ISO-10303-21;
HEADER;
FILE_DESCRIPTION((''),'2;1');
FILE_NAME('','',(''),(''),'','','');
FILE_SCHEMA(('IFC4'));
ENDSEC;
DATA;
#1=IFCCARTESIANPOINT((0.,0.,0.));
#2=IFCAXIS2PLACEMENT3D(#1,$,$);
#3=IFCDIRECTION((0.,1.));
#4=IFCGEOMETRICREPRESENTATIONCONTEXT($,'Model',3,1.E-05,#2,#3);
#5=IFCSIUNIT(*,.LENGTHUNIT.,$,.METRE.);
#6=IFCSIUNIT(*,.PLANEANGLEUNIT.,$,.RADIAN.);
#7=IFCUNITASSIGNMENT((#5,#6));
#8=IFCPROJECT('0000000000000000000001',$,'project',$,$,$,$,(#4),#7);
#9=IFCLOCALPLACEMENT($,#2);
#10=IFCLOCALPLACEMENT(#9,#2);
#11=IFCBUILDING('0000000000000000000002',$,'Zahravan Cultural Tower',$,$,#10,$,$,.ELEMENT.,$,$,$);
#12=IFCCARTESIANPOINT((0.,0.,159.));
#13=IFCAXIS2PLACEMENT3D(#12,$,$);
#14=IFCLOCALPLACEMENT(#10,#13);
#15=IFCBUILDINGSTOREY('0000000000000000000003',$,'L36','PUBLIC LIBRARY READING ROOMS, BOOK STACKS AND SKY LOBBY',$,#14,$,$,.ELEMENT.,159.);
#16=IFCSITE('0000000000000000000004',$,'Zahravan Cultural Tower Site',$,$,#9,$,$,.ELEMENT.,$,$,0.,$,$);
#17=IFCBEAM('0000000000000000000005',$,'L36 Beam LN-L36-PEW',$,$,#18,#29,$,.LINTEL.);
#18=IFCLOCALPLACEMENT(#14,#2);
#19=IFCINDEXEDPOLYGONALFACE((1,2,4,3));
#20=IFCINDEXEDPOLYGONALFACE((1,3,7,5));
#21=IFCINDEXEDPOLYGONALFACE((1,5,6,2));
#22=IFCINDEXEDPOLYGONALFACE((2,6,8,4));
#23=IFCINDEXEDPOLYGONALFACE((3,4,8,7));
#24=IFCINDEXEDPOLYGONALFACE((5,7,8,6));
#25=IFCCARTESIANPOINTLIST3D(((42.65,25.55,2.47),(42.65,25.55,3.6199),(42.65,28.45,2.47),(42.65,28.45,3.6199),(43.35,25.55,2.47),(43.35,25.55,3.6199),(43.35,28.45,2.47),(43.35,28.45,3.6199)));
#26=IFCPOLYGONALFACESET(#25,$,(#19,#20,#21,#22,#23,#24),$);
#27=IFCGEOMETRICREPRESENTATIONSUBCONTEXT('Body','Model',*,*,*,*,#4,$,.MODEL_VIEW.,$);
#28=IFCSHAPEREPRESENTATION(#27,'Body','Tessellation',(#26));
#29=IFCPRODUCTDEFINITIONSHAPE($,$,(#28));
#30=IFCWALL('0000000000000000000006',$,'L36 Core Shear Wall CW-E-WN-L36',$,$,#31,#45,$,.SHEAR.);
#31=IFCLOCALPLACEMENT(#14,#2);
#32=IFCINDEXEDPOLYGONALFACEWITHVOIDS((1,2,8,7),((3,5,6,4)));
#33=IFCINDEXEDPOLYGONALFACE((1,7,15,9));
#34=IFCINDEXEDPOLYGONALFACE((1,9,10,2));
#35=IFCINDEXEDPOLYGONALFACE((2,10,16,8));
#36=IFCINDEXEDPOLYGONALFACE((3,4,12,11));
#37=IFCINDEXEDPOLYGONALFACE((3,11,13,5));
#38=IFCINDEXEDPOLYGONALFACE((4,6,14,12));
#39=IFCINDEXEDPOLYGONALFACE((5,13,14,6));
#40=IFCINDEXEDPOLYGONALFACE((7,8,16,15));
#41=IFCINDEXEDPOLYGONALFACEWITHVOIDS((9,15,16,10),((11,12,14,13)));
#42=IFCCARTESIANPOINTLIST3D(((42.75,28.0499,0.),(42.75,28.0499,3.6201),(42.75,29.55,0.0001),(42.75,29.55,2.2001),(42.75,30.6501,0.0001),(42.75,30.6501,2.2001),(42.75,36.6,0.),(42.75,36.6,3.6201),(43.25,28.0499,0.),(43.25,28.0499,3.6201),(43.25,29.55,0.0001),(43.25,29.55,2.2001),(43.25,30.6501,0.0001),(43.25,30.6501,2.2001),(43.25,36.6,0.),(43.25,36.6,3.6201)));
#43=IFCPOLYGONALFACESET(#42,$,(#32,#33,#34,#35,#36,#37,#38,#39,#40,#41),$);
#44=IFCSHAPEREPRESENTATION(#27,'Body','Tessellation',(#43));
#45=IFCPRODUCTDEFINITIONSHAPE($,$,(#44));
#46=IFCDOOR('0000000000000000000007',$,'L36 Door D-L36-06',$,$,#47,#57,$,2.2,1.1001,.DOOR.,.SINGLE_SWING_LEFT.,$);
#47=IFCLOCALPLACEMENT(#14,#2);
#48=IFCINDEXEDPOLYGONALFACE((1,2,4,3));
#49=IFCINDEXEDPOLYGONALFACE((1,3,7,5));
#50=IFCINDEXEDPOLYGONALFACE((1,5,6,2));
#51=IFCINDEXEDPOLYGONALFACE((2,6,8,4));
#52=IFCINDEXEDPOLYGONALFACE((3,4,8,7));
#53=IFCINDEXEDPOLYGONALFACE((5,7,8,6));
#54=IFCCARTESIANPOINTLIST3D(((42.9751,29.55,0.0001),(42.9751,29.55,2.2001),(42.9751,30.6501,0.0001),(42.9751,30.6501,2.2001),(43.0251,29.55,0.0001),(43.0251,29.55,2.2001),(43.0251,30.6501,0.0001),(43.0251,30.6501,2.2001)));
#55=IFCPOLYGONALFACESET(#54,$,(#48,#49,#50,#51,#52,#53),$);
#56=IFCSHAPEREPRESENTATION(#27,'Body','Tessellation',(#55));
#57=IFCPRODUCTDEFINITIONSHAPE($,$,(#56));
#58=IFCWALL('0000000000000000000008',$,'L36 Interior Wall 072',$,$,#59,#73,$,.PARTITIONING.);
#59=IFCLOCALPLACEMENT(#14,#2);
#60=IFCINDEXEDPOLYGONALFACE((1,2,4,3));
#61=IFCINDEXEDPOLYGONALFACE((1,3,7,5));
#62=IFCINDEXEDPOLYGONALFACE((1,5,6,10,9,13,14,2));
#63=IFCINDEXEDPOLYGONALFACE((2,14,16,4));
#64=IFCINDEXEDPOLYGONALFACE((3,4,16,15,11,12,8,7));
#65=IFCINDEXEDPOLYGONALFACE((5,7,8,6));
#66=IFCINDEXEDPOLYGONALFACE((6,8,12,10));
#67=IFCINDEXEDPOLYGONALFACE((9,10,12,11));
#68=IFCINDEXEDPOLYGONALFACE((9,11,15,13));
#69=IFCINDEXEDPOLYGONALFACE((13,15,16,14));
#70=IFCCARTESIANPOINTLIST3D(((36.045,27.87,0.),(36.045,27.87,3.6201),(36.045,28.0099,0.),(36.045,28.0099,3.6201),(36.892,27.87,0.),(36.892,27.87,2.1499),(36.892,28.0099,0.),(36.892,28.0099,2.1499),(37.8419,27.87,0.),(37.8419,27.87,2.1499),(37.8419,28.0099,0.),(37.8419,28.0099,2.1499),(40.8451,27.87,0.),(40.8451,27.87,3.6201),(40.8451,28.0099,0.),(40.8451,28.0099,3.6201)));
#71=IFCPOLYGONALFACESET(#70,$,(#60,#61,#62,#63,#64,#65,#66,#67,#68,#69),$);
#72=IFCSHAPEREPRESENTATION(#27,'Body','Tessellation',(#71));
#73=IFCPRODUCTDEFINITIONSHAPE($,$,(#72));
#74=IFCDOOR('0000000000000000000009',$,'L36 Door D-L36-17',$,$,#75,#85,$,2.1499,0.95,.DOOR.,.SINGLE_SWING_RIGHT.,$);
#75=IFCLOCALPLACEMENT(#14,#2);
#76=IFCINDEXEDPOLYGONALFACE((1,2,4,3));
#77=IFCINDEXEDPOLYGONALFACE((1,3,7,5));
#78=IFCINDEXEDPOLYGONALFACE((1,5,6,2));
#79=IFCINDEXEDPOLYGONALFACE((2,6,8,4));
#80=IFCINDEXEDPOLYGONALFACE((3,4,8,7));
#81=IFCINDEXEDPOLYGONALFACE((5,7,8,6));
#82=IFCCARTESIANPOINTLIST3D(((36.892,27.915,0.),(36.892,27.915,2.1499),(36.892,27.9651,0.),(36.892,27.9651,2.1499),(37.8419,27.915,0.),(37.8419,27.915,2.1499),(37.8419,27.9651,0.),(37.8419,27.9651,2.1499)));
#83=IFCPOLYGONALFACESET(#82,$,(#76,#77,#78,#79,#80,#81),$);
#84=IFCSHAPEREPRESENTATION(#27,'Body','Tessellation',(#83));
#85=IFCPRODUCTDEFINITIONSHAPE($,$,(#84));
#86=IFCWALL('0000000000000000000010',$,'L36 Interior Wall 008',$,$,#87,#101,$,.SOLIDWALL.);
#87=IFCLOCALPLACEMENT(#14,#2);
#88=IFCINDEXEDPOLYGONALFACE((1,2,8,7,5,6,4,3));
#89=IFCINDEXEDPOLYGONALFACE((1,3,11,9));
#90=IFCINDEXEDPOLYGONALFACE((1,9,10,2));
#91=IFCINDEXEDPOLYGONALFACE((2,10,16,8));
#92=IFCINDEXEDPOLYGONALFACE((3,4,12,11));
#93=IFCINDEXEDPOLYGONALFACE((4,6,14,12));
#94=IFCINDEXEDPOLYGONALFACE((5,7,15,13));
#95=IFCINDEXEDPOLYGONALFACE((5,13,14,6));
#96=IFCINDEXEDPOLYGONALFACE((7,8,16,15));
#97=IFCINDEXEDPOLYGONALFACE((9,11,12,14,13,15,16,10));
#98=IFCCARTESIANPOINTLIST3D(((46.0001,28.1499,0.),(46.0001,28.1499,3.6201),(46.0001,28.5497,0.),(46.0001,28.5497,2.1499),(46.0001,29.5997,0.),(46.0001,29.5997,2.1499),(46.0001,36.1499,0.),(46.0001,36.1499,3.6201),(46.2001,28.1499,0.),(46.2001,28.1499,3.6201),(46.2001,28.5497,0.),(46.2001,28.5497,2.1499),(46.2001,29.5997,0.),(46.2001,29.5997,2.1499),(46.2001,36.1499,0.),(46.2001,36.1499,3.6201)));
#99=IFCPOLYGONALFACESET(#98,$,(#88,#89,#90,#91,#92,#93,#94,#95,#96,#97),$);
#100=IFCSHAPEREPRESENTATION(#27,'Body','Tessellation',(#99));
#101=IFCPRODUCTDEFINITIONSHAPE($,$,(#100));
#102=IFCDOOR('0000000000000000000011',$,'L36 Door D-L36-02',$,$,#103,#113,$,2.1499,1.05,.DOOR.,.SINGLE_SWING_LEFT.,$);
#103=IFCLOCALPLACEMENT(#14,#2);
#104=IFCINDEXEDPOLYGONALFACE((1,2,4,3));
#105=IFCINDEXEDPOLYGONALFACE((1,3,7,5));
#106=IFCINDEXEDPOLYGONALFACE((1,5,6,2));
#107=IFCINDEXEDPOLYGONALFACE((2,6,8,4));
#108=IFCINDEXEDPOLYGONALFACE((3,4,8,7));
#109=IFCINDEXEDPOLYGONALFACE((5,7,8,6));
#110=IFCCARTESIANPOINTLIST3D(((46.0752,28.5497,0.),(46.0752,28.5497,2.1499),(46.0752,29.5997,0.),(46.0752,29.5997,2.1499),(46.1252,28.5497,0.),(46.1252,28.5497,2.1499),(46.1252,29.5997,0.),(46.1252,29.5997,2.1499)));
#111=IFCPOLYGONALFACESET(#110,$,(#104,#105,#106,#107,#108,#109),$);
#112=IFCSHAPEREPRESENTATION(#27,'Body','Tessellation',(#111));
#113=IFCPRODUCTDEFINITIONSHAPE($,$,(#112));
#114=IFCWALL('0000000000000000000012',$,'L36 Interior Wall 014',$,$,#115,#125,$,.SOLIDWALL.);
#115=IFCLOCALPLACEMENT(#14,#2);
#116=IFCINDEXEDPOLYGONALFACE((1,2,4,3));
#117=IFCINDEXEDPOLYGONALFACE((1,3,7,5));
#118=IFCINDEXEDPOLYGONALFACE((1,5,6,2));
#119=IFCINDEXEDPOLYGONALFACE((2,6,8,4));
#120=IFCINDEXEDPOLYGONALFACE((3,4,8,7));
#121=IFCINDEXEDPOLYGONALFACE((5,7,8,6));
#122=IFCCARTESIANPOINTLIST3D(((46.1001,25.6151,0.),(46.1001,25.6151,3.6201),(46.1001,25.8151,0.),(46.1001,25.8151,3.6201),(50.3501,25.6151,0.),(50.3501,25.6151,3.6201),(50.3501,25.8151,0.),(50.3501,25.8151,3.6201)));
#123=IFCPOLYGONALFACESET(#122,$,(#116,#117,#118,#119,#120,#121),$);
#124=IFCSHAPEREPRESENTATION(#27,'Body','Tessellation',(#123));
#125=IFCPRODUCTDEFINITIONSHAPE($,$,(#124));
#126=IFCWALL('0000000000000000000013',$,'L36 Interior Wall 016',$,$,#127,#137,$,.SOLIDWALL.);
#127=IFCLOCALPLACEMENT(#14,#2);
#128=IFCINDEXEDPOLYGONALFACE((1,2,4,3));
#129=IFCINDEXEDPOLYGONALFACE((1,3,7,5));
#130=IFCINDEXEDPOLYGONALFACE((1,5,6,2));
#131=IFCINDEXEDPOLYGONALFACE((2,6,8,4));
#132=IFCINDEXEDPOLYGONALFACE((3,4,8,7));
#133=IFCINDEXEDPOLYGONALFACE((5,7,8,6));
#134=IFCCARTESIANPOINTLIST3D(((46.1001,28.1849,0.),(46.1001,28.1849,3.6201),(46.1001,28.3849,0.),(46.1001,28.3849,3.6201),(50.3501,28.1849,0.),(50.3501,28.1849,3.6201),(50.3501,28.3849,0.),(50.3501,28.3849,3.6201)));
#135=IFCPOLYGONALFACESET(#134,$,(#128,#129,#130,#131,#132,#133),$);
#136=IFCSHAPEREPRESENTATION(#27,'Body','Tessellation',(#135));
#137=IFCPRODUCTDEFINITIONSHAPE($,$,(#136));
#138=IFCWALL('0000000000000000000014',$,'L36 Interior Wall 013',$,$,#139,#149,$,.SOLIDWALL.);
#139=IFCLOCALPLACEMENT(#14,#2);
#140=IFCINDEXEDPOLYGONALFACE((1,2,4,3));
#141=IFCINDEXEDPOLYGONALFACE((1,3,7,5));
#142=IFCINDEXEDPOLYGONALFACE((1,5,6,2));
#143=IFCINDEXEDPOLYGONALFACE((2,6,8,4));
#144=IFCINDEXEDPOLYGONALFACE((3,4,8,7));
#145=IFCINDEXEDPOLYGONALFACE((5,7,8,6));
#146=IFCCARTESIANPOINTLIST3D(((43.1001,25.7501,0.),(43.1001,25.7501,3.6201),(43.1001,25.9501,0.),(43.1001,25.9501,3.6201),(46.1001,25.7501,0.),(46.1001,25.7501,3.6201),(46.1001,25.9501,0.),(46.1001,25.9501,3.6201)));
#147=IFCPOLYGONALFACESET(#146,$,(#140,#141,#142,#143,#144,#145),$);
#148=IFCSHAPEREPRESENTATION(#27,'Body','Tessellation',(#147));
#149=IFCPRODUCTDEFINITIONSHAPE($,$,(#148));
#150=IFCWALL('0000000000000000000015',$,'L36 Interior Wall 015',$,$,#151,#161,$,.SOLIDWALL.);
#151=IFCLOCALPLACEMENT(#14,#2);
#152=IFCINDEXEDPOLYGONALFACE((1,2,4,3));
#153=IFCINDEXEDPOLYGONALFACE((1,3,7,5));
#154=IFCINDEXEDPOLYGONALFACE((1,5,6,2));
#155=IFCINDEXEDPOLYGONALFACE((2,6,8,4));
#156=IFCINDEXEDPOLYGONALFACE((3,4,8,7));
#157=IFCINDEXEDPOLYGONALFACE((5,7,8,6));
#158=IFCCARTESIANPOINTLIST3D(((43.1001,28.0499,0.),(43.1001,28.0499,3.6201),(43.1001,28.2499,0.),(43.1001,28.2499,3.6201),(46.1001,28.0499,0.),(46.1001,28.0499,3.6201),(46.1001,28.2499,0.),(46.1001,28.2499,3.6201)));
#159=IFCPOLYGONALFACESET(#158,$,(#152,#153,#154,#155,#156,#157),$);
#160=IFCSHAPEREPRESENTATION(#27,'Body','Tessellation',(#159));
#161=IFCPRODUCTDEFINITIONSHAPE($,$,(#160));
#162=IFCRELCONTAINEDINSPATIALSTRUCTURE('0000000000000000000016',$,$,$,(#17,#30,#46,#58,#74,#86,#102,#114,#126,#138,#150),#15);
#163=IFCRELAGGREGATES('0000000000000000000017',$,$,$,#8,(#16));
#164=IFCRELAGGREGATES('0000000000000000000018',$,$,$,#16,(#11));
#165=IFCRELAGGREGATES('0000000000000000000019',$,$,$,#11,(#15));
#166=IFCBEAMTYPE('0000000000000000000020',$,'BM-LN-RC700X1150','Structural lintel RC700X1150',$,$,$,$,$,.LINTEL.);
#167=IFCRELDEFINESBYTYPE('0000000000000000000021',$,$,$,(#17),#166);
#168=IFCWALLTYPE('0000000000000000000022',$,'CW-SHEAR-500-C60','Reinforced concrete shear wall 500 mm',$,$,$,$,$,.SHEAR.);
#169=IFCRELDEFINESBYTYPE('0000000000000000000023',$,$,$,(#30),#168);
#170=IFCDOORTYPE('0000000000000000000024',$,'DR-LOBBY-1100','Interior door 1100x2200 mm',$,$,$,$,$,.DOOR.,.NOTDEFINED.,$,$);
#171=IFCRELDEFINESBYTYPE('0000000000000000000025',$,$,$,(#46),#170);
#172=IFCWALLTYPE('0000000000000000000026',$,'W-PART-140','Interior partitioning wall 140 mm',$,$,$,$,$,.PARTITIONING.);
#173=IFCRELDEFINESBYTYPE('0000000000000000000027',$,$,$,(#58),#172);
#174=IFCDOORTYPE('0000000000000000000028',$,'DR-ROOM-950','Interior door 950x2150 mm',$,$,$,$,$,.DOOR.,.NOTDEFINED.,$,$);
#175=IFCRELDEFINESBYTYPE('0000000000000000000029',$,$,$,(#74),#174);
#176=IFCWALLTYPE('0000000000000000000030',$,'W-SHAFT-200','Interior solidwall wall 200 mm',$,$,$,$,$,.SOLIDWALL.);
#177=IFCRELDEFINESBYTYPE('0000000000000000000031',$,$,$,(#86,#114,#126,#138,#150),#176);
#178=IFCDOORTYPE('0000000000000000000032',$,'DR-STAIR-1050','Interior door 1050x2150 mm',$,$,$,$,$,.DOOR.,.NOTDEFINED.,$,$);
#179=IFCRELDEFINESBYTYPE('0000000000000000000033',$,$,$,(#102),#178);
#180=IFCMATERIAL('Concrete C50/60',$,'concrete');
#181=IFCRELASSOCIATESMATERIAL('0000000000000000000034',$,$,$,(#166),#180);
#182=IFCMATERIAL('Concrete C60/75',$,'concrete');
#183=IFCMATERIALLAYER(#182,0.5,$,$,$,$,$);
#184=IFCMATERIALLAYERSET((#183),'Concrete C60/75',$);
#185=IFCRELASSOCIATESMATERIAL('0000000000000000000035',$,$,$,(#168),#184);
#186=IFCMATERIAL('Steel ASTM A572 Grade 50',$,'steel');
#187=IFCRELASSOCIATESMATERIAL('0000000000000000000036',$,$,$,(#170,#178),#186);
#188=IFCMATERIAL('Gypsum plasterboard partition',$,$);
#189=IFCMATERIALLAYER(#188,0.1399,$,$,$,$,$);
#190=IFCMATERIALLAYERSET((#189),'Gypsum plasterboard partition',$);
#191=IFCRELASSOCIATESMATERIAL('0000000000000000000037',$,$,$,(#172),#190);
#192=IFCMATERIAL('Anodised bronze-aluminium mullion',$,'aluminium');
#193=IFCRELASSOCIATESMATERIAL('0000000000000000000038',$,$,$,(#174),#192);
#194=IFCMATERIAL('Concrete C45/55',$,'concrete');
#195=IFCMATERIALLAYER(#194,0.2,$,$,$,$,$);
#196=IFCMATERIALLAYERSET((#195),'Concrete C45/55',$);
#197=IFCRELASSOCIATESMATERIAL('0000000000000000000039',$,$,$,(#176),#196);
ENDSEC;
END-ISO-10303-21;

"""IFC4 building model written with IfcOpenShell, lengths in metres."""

from ifc_helpers import new_model, si_unit, direction, frame, frame_2d, origin, origin_2d, place, context, subcontext, project, spatial, rectangle, extrude, source, transform, mapped, material, layer, layer_set, material_profile, profile_set, type_object, element, fill, save


model = new_model("IFC4")

# Units and contexts
model_context = context("Model", 3, precision=1e-05, world=origin(), true_north=direction((0.0, 1.0)))
body_context = subcontext(model_context, "Body", "Model", "MODEL_VIEW")
ifc_project = project(units=[si_unit("LENGTHUNIT", "METRE"), si_unit("PLANEANGLEUNIT", "RADIAN")], contexts=[model_context])

# Site, building, storey
site_placement = place(None, origin())
site = spatial("IfcSite", under=ifc_project, at=site_placement, Name="Zahravan Cultural Tower Site", CompositionType="ELEMENT", RefElevation=0.0)
building_placement = place(site_placement, origin())
building = spatial("IfcBuilding", under=site, at=building_placement, Name="Zahravan Cultural Tower", CompositionType="ELEMENT")
storey_placement = place(building_placement, frame((0.0, 0.0, 159.0)))
storey = spatial("IfcBuildingStorey", under=building, at=storey_placement, Name="L36", Description="PUBLIC LIBRARY READING ROOMS, BOOK STACKS AND SKY LOBBY", CompositionType="ELEMENT", Elevation=159.0)

# Beam
ifc_material_1 = material(Name="Concrete C50/60", Category="concrete")
ifc_material_profile = material_profile(ifc_material_1, rectangle(XDim=0.7, YDim=1.1499, at=origin_2d()), Name="RC700X1150")
ifc_profile_set = profile_set([ifc_material_profile], Name="Concrete C50/60")
beam_type = type_object("IfcBeamType", Name="BM-LN-RC700X1150", Description="Structural lintel RC700X1150", PredefinedType="LINTEL", material=ifc_profile_set)
shared_shape_1 = source(origin(), body_context, "Body", "SweptSolid", [
    extrude(rectangle(XDim=0.7, YDim=1.1499, at=origin_2d()), origin(), (0.0, 0.0, 1.0), 2.8999),
])
beam_placement = place(storey_placement, frame((43.0, 25.55, 3.0449), z_axis=(0.0, 1.0, 0.0), x_axis=(-1.0, 0.0, 0.0)))
element("IfcBeam", 1, at=beam_placement, inside=storey, type_object=beam_type, Name="L36 Beam LN-L36-PEW", PredefinedType="LINTEL", context=body_context, shape_type="MappedRepresentation", body=[
    mapped(shared_shape_1, transform((0.0, 0.0, 0.0), x_axis=(1.0, 0.0, 0.0), y_axis=(0.0, 1.0, 0.0), z_axis=(0.0, 0.0, 1.0), scale=1.0)),
])

# Walls, openings, doors
ifc_material_2 = material(Name="Concrete C60/75", Category="concrete")
ifc_layer_1 = layer(ifc_material_2, 0.5)
ifc_layer_set_1 = layer_set([ifc_layer_1], Name="Concrete C60/75")
wall_type_1 = type_object("IfcWallType", Name="CW-SHEAR-500-C60", Description="Reinforced concrete shear wall 500 mm", PredefinedType="SHEAR", material=ifc_layer_set_1)
wall_1_placement = place(storey_placement, frame((43.0, 28.05, 0.0), z_axis=(0.0, 0.0, 1.0), x_axis=(0.0, 1.0, 0.0)))
wall_1 = element("IfcWall", 2, at=wall_1_placement, inside=storey, type_object=wall_type_1, Name="L36 Core Shear Wall CW-E-WN-L36", PredefinedType="SHEAR", context=body_context, shape_type="SweptSolid", body=[
    extrude(rectangle(XDim=8.55, YDim=0.5, at=frame_2d((4.2749, 0.0))), origin(), (0.0, 0.0, 1.0), 3.6201),
])
opening_1_placement = place(wall_1_placement, frame((1.5, 0.0, 0.0)))
opening_1 = element("IfcOpeningElement", 3, at=opening_1_placement, cuts=wall_1, PredefinedType="OPENING", context=body_context, shape_type="SweptSolid", body=[
    extrude(rectangle(XDim=1.1001, YDim=2.2, at=frame_2d((0.55, 1.1001))), frame((0.0, 0.26, 0.0), z_axis=(0.0, -1.0, 0.0), x_axis=(1.0, 0.0, 0.0)), (0.0, 0.0, 1.0), 0.52),
])
ifc_material_3 = material(Name="Steel ASTM A572 Grade 50", Category="steel")
door_type_1 = type_object("IfcDoorType", Name="DR-LOBBY-1100", Description="Interior door 1100x2200 mm", OperationType="NOTDEFINED", PredefinedType="DOOR", material=ifc_material_3)
shared_shape_2 = source(origin(), body_context, "Body", "SweptSolid", [
    extrude(rectangle(XDim=1.1001, YDim=2.2, at=frame_2d((0.55, 1.1001))), frame((0.0, 0.0249, 0.0), z_axis=(0.0, -1.0, 0.0), x_axis=(1.0, 0.0, 0.0)), (0.0, 0.0, 1.0), 0.05),
])
door_1_placement = place(opening_1_placement, origin())
door_1 = element("IfcDoor", 4, at=door_1_placement, inside=storey, type_object=door_type_1, Name="L36 Door D-L36-06", OperationType="SINGLE_SWING_LEFT", OverallHeight=2.2, OverallWidth=1.1001, PredefinedType="DOOR", context=body_context, shape_type="MappedRepresentation", body=[
    mapped(shared_shape_2, transform((0.0, 0.0, 0.0), x_axis=(1.0, 0.0, 0.0), y_axis=(0.0, 1.0, 0.0), z_axis=(0.0, 0.0, 1.0), scale=1.0)),
])
fill(opening_1, door_1)
ifc_material_4 = material(Name="Gypsum plasterboard partition")
ifc_layer_2 = layer(ifc_material_4, 0.1399)
ifc_layer_set_2 = layer_set([ifc_layer_2], Name="Gypsum plasterboard partition")
wall_type_2 = type_object("IfcWallType", Name="W-PART-140", Description="Interior partitioning wall 140 mm", PredefinedType="PARTITIONING", material=ifc_layer_set_2)
wall_2_placement = place(storey_placement, frame((40.845, 27.9399, 0.0), z_axis=(0.0, 0.0, 1.0), x_axis=(-1.0, 0.0, 0.0)))
wall_2 = element("IfcWall", 5, at=wall_2_placement, inside=storey, type_object=wall_type_2, Name="L36 Interior Wall 072", PredefinedType="PARTITIONING", context=body_context, shape_type="SweptSolid", body=[
    extrude(rectangle(XDim=4.8, YDim=0.1399, at=frame_2d((2.3999, 0.0))), origin(), (0.0, 0.0, 1.0), 3.6201),
])
opening_2_placement = place(wall_2_placement, frame((3.0029, 0.0, 0.0)))
opening_2 = element("IfcOpeningElement", 6, at=opening_2_placement, cuts=wall_2, PredefinedType="OPENING", context=body_context, shape_type="SweptSolid", body=[
    extrude(rectangle(XDim=0.95, YDim=2.1499, at=frame_2d((0.4751, 1.075))), frame((0.0, 0.0798, 0.0), z_axis=(0.0, -1.0, 0.0), x_axis=(1.0, 0.0, 0.0)), (0.0, 0.0, 1.0), 0.1599),
])
ifc_material_5 = material(Name="Anodised bronze-aluminium mullion", Category="aluminium")
door_type_2 = type_object("IfcDoorType", Name="DR-ROOM-950", Description="Interior door 950x2150 mm", OperationType="NOTDEFINED", PredefinedType="DOOR", material=ifc_material_5)
shared_shape_3 = source(origin(), body_context, "Body", "SweptSolid", [
    extrude(rectangle(XDim=0.95, YDim=2.1499, at=frame_2d((0.4751, 1.075))), frame((0.0, 0.0249, 0.0), z_axis=(0.0, -1.0, 0.0), x_axis=(1.0, 0.0, 0.0)), (0.0, 0.0, 1.0), 0.05),
])
door_2_placement = place(opening_2_placement, origin())
door_2 = element("IfcDoor", 7, at=door_2_placement, inside=storey, type_object=door_type_2, Name="L36 Door D-L36-17", OperationType="SINGLE_SWING_RIGHT", OverallHeight=2.1499, OverallWidth=0.95, PredefinedType="DOOR", context=body_context, shape_type="MappedRepresentation", body=[
    mapped(shared_shape_3, transform((0.0, 0.0, 0.0), x_axis=(1.0, 0.0, 0.0), y_axis=(0.0, 1.0, 0.0), z_axis=(0.0, 0.0, 1.0), scale=1.0)),
])
fill(opening_2, door_2)
ifc_material_6 = material(Name="Concrete C45/55", Category="concrete")
ifc_layer_3 = layer(ifc_material_6, 0.2)
ifc_layer_set_3 = layer_set([ifc_layer_3], Name="Concrete C45/55")
wall_type_3 = type_object("IfcWallType", Name="W-SHAFT-200", Description="Interior solidwall wall 200 mm", PredefinedType="SOLIDWALL", material=ifc_layer_set_3)
wall_3_placement = place(storey_placement, frame((46.1001, 28.1499, 0.0), z_axis=(0.0, 0.0, 1.0), x_axis=(0.0, 1.0, 0.0)))
wall_3 = element("IfcWall", 8, at=wall_3_placement, inside=storey, type_object=wall_type_3, Name="L36 Interior Wall 008", PredefinedType="SOLIDWALL", context=body_context, shape_type="SweptSolid", body=[
    extrude(rectangle(XDim=8.0, YDim=0.2, at=frame_2d((4.0, 0.0))), origin(), (0.0, 0.0, 1.0), 3.6201),
])
opening_3_placement = place(wall_3_placement, frame((0.3999, 0.0, 0.0)))
opening_3 = element("IfcOpeningElement", 9, at=opening_3_placement, cuts=wall_3, PredefinedType="OPENING", context=body_context, shape_type="SweptSolid", body=[
    extrude(rectangle(XDim=1.05, YDim=2.1499, at=frame_2d((0.5249, 1.075))), frame((0.0, 0.1099, 0.0), z_axis=(0.0, -1.0, 0.0), x_axis=(1.0, 0.0, 0.0)), (0.0, 0.0, 1.0), 0.22),
])
door_type_3 = type_object("IfcDoorType", Name="DR-STAIR-1050", Description="Interior door 1050x2150 mm", OperationType="NOTDEFINED", PredefinedType="DOOR", material=ifc_material_3)
shared_shape_4 = source(origin(), body_context, "Body", "SweptSolid", [
    extrude(rectangle(XDim=1.05, YDim=2.1499, at=frame_2d((0.5249, 1.075))), frame((0.0, 0.0249, 0.0), z_axis=(0.0, -1.0, 0.0), x_axis=(1.0, 0.0, 0.0)), (0.0, 0.0, 1.0), 0.05),
])
door_3_placement = place(opening_3_placement, origin())
door_3 = element("IfcDoor", 10, at=door_3_placement, inside=storey, type_object=door_type_3, Name="L36 Door D-L36-02", OperationType="SINGLE_SWING_LEFT", OverallHeight=2.1499, OverallWidth=1.05, PredefinedType="DOOR", context=body_context, shape_type="MappedRepresentation", body=[
    mapped(shared_shape_4, transform((0.0, 0.0, 0.0), x_axis=(1.0, 0.0, 0.0), y_axis=(0.0, 1.0, 0.0), z_axis=(0.0, 0.0, 1.0), scale=1.0)),
])
fill(opening_3, door_3)

# Walls
shared_shape_5 = source(origin(), body_context, "Body", "SweptSolid", [
    extrude(rectangle(XDim=4.25, YDim=0.2, at=frame_2d((2.125, 0.0))), origin(), (0.0, 0.0, 1.0), 3.6201),
])
for number, where, z_axis, x_axis, name in (
    (11, (46.1001, 25.7151, 0.0), (0.0, 0.0, 1.0), (1.0, 0.0, 0.0), "L36 Interior Wall 014"),
    (12, (46.1001, 28.2849, 0.0), (0.0, 0.0, 1.0), (1.0, 0.0, 0.0), "L36 Interior Wall 016"),
):
    element("IfcWall", number, at=place(storey_placement, frame(where, z_axis=z_axis, x_axis=x_axis)), inside=storey, type_object=wall_type_3, Name=name, PredefinedType="SOLIDWALL", context=body_context, shape_type="MappedRepresentation", body=[
        mapped(shared_shape_5, transform((0.0, 0.0, 0.0), x_axis=(1.0, 0.0, 0.0), y_axis=(0.0, 1.0, 0.0), z_axis=(0.0, 0.0, 1.0), scale=1.0)),
    ])
shared_shape_6 = source(origin(), body_context, "Body", "SweptSolid", [
    extrude(rectangle(XDim=3.0, YDim=0.2, at=frame_2d((1.5, 0.0))), origin(), (0.0, 0.0, 1.0), 3.6201),
])
for number, where, z_axis, x_axis, name in (
    (13, (43.1001, 25.8501, 0.0), (0.0, 0.0, 1.0), (1.0, 0.0, 0.0), "L36 Interior Wall 013"),
    (14, (43.1001, 28.1499, 0.0), (0.0, 0.0, 1.0), (1.0, 0.0, 0.0), "L36 Interior Wall 015"),
):
    element("IfcWall", number, at=place(storey_placement, frame(where, z_axis=z_axis, x_axis=x_axis)), inside=storey, type_object=wall_type_3, Name=name, PredefinedType="SOLIDWALL", context=body_context, shape_type="MappedRepresentation", body=[
        mapped(shared_shape_6, transform((0.0, 0.0, 0.0), x_axis=(1.0, 0.0, 0.0), y_axis=(0.0, 1.0, 0.0), z_axis=(0.0, 0.0, 1.0), scale=1.0)),
    ])

save(model, "model.ifc")
